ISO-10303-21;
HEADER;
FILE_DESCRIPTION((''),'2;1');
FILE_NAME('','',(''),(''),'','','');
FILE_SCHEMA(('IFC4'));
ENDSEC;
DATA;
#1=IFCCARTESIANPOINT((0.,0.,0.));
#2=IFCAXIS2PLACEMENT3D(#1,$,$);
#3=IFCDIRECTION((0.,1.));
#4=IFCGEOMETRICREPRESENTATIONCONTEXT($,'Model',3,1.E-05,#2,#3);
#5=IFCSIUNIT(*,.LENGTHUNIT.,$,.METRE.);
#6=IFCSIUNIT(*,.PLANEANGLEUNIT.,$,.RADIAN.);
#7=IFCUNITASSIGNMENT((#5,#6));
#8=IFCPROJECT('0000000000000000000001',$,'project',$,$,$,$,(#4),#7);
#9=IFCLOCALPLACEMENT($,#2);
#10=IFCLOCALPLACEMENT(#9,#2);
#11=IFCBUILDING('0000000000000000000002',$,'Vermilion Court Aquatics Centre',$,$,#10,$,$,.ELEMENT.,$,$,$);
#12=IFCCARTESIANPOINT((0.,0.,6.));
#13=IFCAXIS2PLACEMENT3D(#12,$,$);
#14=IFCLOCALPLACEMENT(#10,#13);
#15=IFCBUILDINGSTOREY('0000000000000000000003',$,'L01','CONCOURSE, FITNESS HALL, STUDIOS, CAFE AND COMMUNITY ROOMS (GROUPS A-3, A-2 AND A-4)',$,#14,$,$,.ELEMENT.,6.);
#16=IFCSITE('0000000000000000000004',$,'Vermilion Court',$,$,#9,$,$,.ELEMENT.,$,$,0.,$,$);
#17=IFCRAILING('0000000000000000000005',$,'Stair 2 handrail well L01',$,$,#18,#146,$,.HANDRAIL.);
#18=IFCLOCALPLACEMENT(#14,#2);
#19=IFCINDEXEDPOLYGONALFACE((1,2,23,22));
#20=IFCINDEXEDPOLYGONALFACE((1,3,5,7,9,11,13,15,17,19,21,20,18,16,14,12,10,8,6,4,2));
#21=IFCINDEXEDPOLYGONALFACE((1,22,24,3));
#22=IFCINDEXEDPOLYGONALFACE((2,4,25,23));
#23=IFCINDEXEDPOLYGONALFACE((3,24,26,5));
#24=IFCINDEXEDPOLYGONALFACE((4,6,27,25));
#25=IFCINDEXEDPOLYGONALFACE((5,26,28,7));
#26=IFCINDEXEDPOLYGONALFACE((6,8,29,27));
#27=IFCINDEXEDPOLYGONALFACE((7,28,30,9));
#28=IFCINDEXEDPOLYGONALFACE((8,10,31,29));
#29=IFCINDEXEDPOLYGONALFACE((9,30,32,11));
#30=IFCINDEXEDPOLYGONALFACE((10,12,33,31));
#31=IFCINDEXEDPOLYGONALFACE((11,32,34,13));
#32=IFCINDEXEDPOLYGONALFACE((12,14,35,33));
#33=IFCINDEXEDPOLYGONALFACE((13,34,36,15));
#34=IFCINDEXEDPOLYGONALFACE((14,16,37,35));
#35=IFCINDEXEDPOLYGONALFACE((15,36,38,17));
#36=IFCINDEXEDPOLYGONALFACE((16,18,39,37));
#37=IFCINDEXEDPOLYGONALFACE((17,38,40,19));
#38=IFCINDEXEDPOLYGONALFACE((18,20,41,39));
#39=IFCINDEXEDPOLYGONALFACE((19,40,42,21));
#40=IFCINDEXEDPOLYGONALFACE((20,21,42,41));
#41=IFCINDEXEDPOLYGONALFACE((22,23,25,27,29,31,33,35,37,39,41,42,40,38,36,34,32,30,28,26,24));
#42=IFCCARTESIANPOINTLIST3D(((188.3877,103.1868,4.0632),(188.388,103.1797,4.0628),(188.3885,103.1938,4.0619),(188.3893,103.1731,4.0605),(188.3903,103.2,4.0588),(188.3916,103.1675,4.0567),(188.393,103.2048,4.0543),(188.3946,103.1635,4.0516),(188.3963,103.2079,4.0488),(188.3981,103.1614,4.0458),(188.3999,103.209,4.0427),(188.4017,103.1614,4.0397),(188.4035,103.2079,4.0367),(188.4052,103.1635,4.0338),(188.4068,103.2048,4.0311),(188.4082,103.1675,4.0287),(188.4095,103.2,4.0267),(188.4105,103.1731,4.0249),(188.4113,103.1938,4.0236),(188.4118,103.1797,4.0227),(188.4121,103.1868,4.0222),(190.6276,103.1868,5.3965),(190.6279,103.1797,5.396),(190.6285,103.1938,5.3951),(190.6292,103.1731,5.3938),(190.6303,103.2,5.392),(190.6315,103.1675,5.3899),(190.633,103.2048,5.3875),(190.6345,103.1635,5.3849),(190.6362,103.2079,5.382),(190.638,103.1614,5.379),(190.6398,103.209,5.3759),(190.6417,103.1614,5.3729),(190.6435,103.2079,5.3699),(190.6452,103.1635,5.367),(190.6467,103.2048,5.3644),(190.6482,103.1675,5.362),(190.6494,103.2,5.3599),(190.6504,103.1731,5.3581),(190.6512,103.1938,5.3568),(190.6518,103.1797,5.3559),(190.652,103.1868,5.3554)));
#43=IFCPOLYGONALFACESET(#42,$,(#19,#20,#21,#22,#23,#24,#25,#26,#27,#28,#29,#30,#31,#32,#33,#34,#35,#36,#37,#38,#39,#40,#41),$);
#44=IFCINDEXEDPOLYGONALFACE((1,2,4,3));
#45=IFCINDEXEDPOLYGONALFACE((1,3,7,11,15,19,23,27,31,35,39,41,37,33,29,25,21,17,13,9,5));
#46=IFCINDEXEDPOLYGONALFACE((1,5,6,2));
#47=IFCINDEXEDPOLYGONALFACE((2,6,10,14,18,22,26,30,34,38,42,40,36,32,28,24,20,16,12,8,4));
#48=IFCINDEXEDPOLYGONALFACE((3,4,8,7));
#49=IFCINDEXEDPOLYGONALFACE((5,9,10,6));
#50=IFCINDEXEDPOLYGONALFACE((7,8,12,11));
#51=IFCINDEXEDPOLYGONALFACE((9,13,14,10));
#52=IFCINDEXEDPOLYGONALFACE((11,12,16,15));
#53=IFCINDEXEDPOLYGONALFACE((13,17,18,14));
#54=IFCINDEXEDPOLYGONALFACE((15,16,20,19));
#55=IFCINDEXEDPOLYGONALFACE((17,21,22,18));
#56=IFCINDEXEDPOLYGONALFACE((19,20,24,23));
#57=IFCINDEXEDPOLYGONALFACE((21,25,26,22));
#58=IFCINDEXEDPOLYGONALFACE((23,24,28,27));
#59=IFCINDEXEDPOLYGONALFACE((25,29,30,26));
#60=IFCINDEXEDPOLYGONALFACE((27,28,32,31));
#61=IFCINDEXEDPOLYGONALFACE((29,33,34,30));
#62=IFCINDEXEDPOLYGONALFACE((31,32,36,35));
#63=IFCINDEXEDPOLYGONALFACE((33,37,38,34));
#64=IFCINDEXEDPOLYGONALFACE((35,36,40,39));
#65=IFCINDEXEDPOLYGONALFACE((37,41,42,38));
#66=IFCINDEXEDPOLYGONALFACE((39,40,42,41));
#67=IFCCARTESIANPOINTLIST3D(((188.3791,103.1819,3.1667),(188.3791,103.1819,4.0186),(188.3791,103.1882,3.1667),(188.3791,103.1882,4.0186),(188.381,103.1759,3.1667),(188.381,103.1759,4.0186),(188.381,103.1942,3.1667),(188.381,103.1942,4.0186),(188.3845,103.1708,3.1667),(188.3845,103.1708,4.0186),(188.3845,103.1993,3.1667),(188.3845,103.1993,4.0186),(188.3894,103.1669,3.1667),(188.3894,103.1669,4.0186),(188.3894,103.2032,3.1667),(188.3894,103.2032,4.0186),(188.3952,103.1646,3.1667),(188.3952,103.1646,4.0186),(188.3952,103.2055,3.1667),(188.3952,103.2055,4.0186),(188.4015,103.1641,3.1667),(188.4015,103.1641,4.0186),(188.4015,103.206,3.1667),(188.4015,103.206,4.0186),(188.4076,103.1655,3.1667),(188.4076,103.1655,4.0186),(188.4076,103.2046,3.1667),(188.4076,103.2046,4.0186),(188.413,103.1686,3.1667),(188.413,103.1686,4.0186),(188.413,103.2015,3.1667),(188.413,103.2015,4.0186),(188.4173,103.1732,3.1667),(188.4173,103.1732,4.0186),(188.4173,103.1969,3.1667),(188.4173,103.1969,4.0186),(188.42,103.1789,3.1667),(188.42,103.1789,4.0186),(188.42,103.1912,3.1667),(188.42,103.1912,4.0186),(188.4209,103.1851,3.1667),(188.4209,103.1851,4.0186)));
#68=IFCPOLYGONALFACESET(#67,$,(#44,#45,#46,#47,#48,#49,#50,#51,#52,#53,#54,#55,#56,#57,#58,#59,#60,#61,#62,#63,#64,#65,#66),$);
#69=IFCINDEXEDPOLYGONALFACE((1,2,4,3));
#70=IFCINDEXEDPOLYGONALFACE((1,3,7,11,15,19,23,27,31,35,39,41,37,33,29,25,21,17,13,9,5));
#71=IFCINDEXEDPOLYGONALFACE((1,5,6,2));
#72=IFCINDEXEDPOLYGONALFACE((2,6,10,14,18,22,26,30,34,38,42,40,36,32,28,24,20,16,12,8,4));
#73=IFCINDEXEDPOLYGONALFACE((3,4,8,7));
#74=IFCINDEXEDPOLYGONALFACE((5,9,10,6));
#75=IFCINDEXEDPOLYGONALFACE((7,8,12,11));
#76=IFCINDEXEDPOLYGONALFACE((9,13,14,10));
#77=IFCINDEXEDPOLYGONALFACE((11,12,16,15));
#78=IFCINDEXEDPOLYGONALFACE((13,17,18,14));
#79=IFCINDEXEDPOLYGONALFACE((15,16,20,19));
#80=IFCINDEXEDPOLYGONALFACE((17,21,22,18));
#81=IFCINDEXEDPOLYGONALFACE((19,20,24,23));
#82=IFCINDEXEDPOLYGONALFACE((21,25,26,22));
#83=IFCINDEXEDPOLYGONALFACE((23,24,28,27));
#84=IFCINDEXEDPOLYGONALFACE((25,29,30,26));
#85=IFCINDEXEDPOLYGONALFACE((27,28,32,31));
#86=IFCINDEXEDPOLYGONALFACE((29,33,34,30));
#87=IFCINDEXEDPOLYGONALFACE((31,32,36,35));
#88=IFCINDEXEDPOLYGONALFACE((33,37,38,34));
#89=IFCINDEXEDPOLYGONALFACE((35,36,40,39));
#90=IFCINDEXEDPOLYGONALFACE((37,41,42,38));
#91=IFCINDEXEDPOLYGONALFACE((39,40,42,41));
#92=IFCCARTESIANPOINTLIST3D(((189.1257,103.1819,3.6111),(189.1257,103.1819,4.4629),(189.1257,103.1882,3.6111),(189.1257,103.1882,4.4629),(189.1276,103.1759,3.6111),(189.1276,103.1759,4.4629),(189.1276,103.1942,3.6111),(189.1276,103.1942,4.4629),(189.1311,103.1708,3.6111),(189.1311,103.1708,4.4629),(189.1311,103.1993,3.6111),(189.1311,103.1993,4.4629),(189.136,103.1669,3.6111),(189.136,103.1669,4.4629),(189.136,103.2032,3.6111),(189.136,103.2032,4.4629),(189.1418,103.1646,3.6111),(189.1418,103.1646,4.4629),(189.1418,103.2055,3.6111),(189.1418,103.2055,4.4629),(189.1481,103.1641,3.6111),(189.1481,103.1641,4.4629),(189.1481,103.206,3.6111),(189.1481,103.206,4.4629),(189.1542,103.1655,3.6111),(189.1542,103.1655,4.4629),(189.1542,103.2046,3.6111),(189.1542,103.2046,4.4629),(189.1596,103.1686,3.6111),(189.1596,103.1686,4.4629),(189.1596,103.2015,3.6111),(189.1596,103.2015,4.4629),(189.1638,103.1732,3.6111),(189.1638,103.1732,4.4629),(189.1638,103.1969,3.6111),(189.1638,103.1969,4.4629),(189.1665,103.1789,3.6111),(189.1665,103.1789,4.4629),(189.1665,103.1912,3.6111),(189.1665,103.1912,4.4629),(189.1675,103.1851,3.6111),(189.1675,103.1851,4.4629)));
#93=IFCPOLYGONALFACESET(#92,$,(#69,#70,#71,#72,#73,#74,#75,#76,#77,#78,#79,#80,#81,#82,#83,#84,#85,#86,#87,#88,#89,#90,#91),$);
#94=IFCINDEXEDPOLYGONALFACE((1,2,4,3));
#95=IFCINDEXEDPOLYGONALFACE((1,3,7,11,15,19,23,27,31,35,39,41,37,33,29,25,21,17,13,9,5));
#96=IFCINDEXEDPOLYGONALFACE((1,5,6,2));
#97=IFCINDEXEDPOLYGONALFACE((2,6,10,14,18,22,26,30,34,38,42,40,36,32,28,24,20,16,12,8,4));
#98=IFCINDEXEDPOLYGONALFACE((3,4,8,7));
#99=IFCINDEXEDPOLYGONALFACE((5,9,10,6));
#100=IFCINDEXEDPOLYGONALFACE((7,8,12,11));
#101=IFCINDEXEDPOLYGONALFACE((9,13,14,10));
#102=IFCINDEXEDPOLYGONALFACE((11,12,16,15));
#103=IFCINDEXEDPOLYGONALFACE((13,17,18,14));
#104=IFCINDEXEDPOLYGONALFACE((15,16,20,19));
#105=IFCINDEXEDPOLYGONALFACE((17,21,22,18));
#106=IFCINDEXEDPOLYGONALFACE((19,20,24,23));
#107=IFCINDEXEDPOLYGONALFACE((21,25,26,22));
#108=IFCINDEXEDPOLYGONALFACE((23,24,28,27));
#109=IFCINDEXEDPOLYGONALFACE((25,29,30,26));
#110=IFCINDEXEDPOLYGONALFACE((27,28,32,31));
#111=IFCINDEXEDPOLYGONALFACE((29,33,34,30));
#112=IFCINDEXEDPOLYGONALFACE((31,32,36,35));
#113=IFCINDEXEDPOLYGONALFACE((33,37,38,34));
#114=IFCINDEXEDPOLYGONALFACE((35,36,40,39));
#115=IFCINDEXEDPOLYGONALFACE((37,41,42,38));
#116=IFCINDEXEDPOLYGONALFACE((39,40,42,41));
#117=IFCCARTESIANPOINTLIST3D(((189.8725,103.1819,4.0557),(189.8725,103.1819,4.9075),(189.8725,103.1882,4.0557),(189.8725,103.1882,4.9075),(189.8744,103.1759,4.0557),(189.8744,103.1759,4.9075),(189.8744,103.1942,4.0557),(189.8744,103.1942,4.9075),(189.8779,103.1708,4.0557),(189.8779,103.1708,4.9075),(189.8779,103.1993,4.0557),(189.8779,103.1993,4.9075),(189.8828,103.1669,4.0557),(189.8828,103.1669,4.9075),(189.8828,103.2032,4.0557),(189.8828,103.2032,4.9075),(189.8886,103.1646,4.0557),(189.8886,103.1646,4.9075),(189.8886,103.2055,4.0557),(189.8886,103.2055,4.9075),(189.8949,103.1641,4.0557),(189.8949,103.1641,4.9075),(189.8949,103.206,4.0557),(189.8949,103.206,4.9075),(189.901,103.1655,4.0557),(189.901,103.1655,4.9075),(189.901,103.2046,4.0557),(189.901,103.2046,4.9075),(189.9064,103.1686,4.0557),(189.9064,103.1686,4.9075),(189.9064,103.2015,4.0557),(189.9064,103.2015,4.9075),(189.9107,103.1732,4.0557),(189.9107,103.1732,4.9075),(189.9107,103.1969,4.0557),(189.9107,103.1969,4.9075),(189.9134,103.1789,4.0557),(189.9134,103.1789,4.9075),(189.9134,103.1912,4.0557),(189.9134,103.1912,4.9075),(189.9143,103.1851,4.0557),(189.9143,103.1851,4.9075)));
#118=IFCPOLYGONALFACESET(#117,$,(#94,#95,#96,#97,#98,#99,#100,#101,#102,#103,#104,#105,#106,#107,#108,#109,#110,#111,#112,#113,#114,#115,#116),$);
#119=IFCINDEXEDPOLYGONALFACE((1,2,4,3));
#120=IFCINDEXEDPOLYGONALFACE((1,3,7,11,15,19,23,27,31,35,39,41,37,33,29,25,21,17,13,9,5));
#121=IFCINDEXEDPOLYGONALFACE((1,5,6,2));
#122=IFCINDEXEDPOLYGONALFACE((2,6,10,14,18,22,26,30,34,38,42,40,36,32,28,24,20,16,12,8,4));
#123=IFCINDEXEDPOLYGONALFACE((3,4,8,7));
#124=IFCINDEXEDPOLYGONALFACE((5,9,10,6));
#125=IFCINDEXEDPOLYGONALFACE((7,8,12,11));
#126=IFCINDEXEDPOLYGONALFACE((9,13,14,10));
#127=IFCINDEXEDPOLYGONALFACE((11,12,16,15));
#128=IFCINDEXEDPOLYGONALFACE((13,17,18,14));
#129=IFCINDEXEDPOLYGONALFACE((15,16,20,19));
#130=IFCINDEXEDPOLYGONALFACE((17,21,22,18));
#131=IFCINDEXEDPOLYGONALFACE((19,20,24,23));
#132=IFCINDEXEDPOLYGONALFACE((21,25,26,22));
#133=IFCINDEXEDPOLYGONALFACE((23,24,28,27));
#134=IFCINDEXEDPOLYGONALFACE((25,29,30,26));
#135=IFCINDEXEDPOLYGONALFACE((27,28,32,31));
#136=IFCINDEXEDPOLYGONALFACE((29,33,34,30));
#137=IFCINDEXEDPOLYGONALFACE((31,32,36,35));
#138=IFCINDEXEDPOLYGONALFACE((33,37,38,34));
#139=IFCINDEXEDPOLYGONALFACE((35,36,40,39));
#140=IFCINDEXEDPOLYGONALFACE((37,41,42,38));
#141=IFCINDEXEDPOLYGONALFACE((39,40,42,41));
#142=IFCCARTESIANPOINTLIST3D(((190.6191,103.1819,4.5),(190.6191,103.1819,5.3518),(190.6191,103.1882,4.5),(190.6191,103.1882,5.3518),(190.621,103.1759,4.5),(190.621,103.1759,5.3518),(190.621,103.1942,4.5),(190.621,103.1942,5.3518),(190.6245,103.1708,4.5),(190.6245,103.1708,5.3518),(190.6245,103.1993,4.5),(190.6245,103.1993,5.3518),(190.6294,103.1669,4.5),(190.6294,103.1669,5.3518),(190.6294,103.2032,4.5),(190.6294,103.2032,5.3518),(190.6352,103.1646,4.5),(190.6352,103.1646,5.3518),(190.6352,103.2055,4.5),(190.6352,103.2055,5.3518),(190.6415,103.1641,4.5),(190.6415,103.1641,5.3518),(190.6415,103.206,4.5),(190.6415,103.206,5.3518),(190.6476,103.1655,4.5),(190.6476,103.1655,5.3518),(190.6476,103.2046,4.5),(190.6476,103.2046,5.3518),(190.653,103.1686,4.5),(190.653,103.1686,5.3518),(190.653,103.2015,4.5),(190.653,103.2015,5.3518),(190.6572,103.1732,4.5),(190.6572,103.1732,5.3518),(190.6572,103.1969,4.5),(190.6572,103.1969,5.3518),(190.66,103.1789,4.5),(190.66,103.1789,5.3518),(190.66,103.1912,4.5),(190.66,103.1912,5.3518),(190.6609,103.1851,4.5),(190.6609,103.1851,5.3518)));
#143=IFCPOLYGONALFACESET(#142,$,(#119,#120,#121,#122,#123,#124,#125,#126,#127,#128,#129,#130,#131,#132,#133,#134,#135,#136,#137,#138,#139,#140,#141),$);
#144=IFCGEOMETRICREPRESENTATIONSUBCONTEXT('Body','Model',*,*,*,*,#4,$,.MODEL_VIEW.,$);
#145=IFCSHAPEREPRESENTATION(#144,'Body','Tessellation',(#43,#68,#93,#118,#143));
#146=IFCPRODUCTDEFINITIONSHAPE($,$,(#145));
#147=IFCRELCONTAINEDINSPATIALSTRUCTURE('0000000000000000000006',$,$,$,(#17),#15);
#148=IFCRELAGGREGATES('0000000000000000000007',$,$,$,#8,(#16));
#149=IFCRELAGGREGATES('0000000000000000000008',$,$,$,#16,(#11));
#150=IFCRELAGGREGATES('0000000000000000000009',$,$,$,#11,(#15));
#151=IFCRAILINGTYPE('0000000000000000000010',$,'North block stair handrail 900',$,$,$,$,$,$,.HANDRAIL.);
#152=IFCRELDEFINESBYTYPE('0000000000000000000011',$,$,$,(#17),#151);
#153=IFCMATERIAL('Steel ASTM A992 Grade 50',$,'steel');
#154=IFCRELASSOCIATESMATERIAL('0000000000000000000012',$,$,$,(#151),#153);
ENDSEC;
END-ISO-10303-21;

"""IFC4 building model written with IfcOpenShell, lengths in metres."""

from ifc_helpers import new_model, si_unit, direction, frame, origin, origin_2d, place, context, subcontext, project, spatial, circle, extrude, material, type_object, element, save


model = new_model("IFC4")

# Units and contexts
model_context = context("Model", 3, precision=1e-05, world=origin(), true_north=direction((0.0, 1.0)))
body_context = subcontext(model_context, "Body", "Model", "MODEL_VIEW")
ifc_project = project(units=[si_unit("LENGTHUNIT", "METRE"), si_unit("PLANEANGLEUNIT", "RADIAN")], contexts=[model_context])

# Site, building, storey
site_placement = place(None, origin())
site = spatial("IfcSite", under=ifc_project, at=site_placement, Name="Vermilion Court", CompositionType="ELEMENT", RefElevation=0.0)
building_placement = place(site_placement, origin())
building = spatial("IfcBuilding", under=site, at=building_placement, Name="Vermilion Court Aquatics Centre", CompositionType="ELEMENT")
storey_placement = place(building_placement, frame((0.0, 0.0, 6.0)))
storey = spatial("IfcBuildingStorey", under=building, at=storey_placement, Name="L01", Description="CONCOURSE, FITNESS HALL, STUDIOS, CAFE AND COMMUNITY ROOMS (GROUPS A-3, A-2 AND A-4)", CompositionType="ELEMENT", Elevation=6.0)

# Railing
ifc_material_1 = material(Name="Steel ASTM A992 Grade 50", Category="steel")
railing_type_1 = type_object("IfcRailingType", Name="North block stair handrail 900", PredefinedType="HANDRAIL", material=ifc_material_1)
railing_1_placement = place(storey_placement, frame((188.3999, 103.1851, 3.1667)))
element("IfcRailing", 1, at=railing_1_placement, inside=storey, type_object=railing_type_1, Name="Stair 2 handrail well L01", PredefinedType="HANDRAIL", context=body_context, shape_type="SweptSolid", body=[
    extrude(circle(Radius=0.0239, at=origin_2d()), frame((0.0, 0.0, 0.876), z_axis=(0.859306, 0.0, 0.511462), x_axis=(0.0, 1.0, 0.0)), (0.0, 0.0, 1.0), 2.6067),
    extrude(circle(Radius=0.021, at=origin_2d()), origin(), (0.0, 0.0, 1.0), 0.8518),
    extrude(circle(Radius=0.021, at=origin_2d()), frame((0.7466, 0.0, 0.4443)), (0.0, 0.0, 1.0), 0.8518),
    extrude(circle(Radius=0.021, at=origin_2d()), frame((1.4934, 0.0, 0.8889)), (0.0, 0.0, 1.0), 0.8518),
    extrude(circle(Radius=0.021, at=origin_2d()), frame((2.24, 0.0, 1.3333)), (0.0, 0.0, 1.0), 0.8518),
])

save(model, "model.ifc")
